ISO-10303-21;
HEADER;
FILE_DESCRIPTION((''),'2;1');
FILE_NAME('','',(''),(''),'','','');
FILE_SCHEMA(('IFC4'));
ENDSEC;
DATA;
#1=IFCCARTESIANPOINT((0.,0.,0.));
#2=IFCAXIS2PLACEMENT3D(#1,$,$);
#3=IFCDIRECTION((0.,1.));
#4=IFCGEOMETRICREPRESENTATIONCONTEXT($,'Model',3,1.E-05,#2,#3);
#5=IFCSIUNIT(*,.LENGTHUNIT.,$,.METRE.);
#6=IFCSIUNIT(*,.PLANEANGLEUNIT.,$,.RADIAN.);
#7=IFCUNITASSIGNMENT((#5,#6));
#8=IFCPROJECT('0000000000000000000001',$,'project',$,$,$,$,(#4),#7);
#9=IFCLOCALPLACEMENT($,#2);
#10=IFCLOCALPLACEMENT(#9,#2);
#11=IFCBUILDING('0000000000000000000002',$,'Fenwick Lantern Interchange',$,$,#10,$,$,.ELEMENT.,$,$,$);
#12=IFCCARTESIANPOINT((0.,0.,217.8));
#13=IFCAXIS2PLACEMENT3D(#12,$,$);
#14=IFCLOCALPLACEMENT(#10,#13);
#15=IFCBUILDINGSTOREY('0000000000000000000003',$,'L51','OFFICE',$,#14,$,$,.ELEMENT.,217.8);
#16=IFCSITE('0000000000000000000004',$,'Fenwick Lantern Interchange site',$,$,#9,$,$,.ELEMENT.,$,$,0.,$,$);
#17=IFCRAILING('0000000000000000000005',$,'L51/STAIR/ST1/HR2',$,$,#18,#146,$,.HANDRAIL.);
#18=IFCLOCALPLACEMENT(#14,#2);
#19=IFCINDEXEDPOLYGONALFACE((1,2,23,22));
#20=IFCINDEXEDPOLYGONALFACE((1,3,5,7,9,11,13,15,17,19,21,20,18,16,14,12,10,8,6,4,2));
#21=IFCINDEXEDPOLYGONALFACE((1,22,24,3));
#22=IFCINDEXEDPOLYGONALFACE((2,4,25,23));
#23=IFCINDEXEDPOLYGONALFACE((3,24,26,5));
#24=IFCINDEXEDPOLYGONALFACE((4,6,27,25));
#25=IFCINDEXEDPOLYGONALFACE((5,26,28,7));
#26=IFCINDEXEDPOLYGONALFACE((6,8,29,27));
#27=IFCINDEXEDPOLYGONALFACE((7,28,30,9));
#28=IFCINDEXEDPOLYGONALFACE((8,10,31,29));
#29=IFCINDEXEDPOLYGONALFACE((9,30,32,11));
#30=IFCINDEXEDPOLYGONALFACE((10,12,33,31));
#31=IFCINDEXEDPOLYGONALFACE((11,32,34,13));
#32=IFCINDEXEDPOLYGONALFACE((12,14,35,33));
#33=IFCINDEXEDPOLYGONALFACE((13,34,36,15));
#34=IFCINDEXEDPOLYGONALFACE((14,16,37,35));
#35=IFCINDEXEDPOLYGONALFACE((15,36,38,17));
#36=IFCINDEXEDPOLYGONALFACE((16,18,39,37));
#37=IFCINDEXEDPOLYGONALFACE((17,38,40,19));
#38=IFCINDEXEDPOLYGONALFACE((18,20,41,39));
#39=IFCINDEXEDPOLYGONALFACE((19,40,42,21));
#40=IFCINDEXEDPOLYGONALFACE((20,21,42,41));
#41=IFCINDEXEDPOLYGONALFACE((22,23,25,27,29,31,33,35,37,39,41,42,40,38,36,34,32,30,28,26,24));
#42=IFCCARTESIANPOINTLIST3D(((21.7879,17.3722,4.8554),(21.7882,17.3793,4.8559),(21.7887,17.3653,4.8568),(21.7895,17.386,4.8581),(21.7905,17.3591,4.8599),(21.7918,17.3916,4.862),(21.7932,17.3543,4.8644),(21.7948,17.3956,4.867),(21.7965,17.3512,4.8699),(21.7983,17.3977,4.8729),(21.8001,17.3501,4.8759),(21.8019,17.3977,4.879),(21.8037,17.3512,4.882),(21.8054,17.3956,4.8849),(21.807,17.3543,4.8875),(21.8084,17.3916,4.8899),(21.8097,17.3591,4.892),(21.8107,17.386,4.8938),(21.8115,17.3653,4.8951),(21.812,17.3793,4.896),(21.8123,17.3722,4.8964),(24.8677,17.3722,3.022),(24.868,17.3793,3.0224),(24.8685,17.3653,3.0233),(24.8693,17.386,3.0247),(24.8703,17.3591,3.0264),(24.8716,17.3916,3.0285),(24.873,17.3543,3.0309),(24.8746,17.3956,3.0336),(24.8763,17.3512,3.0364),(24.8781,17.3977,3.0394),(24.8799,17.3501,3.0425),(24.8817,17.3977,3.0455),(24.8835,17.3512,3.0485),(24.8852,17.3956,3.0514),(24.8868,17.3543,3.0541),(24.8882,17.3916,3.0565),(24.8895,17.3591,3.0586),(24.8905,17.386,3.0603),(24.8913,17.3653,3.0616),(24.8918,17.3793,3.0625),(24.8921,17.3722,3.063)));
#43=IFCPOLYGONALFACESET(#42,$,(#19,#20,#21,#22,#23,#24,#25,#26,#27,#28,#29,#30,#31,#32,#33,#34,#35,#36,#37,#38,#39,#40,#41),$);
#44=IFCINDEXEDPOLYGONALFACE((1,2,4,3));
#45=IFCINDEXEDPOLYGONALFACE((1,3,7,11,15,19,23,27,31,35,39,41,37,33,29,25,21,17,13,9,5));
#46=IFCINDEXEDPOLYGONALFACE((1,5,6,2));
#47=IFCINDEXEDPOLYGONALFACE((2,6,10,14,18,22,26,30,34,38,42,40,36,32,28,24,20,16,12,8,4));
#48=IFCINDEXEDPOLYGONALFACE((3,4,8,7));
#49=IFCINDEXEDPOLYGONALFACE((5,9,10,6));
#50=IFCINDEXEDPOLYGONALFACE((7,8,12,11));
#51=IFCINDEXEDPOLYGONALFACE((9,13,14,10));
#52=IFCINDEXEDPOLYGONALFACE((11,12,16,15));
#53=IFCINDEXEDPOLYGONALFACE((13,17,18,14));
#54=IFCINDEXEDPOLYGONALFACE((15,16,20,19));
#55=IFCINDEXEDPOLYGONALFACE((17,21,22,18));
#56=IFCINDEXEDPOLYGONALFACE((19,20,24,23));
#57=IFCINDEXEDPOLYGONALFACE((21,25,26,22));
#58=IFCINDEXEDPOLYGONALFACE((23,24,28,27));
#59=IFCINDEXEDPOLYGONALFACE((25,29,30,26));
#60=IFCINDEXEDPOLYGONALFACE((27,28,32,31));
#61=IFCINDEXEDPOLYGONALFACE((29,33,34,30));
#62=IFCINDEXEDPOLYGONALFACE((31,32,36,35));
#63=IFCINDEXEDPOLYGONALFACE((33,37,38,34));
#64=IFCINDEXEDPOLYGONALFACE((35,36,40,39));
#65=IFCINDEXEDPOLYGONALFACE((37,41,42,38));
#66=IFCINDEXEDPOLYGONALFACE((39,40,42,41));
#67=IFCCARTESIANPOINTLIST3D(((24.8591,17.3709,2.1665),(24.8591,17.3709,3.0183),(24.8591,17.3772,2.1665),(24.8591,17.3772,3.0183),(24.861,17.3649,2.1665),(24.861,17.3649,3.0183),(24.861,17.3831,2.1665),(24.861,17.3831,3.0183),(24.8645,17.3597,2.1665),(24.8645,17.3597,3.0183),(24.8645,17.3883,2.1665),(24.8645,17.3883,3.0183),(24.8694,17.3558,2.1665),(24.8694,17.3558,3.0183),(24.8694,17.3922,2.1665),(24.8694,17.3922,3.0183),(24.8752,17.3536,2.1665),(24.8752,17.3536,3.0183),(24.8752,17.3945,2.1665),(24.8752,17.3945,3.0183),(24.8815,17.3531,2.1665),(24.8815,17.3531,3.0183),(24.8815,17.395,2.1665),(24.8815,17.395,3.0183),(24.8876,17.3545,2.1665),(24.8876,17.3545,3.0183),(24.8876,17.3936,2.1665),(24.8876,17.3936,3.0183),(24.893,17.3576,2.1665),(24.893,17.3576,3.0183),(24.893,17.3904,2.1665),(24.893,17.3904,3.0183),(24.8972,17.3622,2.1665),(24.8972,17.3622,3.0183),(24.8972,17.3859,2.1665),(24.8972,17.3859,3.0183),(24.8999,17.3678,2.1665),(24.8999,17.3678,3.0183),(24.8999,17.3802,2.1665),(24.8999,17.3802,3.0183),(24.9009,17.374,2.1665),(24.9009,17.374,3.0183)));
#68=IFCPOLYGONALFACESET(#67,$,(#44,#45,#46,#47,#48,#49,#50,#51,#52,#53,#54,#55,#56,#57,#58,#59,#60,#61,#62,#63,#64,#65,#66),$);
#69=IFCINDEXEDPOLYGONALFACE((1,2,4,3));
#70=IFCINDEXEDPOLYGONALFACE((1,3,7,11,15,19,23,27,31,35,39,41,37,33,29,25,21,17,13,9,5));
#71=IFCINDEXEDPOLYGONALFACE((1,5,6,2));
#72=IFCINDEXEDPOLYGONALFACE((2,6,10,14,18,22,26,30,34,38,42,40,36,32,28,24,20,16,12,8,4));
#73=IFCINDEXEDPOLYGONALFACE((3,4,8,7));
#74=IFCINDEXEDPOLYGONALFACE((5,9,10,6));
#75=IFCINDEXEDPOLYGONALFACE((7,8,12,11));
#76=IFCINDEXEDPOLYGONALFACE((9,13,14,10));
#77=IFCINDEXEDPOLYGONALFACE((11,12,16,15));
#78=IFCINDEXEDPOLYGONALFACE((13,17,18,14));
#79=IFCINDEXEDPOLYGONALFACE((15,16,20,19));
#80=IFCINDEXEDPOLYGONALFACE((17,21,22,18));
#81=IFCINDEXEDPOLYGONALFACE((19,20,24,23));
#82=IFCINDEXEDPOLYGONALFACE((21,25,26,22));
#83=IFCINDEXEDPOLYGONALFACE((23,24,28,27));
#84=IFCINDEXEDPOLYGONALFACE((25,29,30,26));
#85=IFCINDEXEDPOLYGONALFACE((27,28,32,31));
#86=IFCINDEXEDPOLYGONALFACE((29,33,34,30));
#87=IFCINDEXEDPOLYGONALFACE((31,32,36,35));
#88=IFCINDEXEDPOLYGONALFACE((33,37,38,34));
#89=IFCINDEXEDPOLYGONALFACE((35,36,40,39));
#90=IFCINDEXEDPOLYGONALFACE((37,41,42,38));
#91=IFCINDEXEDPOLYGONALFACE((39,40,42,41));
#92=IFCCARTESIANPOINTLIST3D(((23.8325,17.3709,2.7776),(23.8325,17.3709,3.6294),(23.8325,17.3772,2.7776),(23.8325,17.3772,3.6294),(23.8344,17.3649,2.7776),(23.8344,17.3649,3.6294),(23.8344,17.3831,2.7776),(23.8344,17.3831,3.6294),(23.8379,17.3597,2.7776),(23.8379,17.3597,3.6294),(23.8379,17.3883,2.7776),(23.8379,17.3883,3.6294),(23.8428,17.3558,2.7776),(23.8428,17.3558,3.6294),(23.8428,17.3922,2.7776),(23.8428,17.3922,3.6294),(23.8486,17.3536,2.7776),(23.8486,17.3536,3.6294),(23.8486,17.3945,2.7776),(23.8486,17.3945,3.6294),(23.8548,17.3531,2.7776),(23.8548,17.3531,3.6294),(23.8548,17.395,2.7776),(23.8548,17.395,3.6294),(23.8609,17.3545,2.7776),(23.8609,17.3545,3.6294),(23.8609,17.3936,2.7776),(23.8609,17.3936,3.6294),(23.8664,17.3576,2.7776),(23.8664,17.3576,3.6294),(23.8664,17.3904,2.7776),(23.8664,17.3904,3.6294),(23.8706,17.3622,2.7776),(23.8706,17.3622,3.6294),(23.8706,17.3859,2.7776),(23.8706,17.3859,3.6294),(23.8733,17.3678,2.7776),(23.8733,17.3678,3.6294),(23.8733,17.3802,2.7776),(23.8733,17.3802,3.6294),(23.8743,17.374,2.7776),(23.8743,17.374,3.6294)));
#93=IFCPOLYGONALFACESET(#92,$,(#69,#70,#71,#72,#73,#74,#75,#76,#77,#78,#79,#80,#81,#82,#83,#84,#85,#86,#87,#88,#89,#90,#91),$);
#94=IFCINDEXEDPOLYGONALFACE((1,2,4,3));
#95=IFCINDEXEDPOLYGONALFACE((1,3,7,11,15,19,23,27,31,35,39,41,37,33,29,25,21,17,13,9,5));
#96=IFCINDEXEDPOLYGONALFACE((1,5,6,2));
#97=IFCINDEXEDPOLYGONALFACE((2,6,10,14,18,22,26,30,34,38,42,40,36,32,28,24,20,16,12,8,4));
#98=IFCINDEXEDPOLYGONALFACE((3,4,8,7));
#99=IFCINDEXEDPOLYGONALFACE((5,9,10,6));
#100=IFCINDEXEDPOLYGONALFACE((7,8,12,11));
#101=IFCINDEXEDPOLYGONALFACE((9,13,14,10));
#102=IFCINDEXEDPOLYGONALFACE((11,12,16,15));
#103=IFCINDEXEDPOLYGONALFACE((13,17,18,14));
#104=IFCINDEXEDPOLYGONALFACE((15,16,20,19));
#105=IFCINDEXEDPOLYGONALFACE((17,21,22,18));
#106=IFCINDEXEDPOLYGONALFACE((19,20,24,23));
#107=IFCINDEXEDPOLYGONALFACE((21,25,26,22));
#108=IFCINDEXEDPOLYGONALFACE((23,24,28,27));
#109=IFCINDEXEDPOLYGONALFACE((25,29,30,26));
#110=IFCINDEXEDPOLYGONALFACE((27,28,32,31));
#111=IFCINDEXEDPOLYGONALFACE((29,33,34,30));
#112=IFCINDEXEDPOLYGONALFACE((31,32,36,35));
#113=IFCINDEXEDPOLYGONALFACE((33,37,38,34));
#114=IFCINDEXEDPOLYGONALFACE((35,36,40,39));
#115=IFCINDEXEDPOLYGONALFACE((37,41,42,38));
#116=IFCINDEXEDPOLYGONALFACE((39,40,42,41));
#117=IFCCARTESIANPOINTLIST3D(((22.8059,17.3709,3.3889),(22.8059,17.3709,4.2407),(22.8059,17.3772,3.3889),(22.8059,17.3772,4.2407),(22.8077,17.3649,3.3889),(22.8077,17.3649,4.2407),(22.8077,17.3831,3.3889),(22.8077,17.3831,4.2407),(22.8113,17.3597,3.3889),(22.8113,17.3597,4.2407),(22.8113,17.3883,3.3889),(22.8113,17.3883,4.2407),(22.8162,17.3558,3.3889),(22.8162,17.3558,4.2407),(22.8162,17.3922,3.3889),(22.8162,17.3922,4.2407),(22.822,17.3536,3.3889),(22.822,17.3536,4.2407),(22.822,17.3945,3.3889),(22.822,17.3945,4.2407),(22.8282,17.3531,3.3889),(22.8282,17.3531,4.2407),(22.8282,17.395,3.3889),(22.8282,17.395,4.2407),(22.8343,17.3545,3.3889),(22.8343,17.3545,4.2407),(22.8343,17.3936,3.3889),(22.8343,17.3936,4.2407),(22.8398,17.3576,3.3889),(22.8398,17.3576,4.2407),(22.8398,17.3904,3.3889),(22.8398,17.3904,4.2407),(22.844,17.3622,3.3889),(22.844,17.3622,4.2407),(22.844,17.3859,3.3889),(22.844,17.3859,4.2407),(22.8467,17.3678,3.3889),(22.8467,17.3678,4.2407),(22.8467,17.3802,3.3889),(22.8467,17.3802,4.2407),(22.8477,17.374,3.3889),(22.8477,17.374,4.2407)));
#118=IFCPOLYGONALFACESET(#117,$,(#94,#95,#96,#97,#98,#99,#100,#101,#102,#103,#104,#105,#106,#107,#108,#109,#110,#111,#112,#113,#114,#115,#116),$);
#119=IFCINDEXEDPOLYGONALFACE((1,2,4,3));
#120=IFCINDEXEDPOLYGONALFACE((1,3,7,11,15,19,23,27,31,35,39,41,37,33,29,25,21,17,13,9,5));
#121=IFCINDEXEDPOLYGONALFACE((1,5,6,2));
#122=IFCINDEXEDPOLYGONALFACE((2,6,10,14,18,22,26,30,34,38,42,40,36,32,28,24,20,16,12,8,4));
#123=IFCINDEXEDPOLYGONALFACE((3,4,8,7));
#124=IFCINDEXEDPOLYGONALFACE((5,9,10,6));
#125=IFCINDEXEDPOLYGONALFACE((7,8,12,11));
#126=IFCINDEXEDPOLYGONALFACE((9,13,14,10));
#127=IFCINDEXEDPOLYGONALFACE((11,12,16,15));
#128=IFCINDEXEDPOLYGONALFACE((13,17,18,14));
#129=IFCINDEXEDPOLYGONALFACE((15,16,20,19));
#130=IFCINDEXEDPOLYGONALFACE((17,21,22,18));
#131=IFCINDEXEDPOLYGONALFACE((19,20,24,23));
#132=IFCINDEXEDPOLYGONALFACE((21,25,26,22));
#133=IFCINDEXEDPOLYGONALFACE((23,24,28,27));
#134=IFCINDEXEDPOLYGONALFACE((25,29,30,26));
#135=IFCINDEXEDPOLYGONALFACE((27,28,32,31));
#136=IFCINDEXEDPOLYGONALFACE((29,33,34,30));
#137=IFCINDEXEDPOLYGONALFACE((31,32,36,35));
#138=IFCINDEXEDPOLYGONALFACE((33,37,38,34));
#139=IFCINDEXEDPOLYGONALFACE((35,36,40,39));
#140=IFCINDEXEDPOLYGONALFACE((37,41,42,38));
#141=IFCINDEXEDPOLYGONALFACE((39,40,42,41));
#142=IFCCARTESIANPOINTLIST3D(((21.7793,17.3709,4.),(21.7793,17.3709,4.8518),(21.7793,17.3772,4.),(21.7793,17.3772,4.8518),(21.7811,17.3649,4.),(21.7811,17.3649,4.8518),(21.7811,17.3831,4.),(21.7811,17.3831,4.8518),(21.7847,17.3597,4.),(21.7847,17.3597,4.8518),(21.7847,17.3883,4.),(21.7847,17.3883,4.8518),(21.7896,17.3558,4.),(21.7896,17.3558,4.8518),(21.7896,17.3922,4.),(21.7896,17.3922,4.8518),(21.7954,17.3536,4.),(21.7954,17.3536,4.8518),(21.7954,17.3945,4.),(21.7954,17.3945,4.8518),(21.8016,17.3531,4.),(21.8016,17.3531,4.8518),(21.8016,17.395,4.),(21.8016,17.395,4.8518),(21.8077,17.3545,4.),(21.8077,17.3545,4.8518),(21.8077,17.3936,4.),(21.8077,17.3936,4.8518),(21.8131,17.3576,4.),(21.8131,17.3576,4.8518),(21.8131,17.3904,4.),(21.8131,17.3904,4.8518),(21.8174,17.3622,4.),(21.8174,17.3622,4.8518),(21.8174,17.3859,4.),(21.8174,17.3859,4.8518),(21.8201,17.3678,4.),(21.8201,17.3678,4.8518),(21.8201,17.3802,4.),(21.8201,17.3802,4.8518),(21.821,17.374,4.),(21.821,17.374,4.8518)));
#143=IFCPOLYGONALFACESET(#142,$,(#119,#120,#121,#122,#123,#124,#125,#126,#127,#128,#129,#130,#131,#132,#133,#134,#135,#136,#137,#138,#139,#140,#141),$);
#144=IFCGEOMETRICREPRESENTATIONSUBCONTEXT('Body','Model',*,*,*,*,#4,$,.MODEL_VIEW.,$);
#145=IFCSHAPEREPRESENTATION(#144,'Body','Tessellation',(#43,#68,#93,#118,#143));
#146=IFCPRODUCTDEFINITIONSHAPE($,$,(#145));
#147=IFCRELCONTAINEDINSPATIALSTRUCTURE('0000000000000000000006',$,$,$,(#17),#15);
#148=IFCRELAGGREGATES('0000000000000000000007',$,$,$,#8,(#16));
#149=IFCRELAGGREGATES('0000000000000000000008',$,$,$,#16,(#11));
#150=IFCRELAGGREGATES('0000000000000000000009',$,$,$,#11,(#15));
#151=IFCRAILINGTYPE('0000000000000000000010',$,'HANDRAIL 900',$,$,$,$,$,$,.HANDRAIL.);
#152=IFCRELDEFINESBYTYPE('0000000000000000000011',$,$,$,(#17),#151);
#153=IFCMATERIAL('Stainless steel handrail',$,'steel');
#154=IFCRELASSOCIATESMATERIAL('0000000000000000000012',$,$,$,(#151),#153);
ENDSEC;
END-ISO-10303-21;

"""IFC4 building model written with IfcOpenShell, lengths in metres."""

from ifc_helpers import new_model, si_unit, direction, frame, origin, origin_2d, place, context, subcontext, project, spatial, circle, extrude, material, type_object, element, save


model = new_model("IFC4")

# Units and contexts
model_context = context("Model", 3, precision=1e-05, world=origin(), true_north=direction((0.0, 1.0)))
body_context = subcontext(model_context, "Body", "Model", "MODEL_VIEW")
ifc_project = project(units=[si_unit("LENGTHUNIT", "METRE"), si_unit("PLANEANGLEUNIT", "RADIAN")], contexts=[model_context])

# Site, building, storey
site_placement = place(None, origin())
site = spatial("IfcSite", under=ifc_project, at=site_placement, Name="Fenwick Lantern Interchange site", CompositionType="ELEMENT", RefElevation=0.0)
building_placement = place(site_placement, origin())
building = spatial("IfcBuilding", under=site, at=building_placement, Name="Fenwick Lantern Interchange", CompositionType="ELEMENT")
storey_placement = place(building_placement, frame((0.0, 0.0, 217.8)))
storey = spatial("IfcBuildingStorey", under=building, at=storey_placement, Name="L51", Description="OFFICE", CompositionType="ELEMENT", Elevation=217.8)

# Railing
ifc_material_1 = material(Name="Stainless steel handrail", Category="steel")
railing_type = type_object("IfcRailingType", Name="HANDRAIL 900", PredefinedType="HANDRAIL", material=ifc_material_1)
railing_1_placement = place(storey_placement, frame((24.8799, 17.374, 2.1665)))
element("IfcRailing", 1, at=railing_1_placement, inside=storey, type_object=railing_type, Name="L51/STAIR/ST1/HR2", PredefinedType="HANDRAIL", context=body_context, shape_type="SweptSolid", body=[
    extrude(circle(Radius=0.0239, at=origin_2d()), frame((0.0, 0.0, 0.876), z_axis=(-0.859261, 0.0, 0.511538), x_axis=(0.0, -1.0, 0.0)), (0.0, 0.0, 1.0), 3.5842),
    extrude(circle(Radius=0.021, at=origin_2d()), origin(), (0.0, 0.0, 1.0), 0.8518),
    extrude(circle(Radius=0.021, at=origin_2d()), frame((-1.0266, 0.0, 0.6111)), (0.0, 0.0, 1.0), 0.8518),
    extrude(circle(Radius=0.021, at=origin_2d()), frame((-2.0532, 0.0, 1.2224)), (0.0, 0.0, 1.0), 0.8518),
    extrude(circle(Radius=0.021, at=origin_2d()), frame((-3.0798, 0.0, 1.8335)), (0.0, 0.0, 1.0), 0.8518),
])

save(model, "model.ifc")
